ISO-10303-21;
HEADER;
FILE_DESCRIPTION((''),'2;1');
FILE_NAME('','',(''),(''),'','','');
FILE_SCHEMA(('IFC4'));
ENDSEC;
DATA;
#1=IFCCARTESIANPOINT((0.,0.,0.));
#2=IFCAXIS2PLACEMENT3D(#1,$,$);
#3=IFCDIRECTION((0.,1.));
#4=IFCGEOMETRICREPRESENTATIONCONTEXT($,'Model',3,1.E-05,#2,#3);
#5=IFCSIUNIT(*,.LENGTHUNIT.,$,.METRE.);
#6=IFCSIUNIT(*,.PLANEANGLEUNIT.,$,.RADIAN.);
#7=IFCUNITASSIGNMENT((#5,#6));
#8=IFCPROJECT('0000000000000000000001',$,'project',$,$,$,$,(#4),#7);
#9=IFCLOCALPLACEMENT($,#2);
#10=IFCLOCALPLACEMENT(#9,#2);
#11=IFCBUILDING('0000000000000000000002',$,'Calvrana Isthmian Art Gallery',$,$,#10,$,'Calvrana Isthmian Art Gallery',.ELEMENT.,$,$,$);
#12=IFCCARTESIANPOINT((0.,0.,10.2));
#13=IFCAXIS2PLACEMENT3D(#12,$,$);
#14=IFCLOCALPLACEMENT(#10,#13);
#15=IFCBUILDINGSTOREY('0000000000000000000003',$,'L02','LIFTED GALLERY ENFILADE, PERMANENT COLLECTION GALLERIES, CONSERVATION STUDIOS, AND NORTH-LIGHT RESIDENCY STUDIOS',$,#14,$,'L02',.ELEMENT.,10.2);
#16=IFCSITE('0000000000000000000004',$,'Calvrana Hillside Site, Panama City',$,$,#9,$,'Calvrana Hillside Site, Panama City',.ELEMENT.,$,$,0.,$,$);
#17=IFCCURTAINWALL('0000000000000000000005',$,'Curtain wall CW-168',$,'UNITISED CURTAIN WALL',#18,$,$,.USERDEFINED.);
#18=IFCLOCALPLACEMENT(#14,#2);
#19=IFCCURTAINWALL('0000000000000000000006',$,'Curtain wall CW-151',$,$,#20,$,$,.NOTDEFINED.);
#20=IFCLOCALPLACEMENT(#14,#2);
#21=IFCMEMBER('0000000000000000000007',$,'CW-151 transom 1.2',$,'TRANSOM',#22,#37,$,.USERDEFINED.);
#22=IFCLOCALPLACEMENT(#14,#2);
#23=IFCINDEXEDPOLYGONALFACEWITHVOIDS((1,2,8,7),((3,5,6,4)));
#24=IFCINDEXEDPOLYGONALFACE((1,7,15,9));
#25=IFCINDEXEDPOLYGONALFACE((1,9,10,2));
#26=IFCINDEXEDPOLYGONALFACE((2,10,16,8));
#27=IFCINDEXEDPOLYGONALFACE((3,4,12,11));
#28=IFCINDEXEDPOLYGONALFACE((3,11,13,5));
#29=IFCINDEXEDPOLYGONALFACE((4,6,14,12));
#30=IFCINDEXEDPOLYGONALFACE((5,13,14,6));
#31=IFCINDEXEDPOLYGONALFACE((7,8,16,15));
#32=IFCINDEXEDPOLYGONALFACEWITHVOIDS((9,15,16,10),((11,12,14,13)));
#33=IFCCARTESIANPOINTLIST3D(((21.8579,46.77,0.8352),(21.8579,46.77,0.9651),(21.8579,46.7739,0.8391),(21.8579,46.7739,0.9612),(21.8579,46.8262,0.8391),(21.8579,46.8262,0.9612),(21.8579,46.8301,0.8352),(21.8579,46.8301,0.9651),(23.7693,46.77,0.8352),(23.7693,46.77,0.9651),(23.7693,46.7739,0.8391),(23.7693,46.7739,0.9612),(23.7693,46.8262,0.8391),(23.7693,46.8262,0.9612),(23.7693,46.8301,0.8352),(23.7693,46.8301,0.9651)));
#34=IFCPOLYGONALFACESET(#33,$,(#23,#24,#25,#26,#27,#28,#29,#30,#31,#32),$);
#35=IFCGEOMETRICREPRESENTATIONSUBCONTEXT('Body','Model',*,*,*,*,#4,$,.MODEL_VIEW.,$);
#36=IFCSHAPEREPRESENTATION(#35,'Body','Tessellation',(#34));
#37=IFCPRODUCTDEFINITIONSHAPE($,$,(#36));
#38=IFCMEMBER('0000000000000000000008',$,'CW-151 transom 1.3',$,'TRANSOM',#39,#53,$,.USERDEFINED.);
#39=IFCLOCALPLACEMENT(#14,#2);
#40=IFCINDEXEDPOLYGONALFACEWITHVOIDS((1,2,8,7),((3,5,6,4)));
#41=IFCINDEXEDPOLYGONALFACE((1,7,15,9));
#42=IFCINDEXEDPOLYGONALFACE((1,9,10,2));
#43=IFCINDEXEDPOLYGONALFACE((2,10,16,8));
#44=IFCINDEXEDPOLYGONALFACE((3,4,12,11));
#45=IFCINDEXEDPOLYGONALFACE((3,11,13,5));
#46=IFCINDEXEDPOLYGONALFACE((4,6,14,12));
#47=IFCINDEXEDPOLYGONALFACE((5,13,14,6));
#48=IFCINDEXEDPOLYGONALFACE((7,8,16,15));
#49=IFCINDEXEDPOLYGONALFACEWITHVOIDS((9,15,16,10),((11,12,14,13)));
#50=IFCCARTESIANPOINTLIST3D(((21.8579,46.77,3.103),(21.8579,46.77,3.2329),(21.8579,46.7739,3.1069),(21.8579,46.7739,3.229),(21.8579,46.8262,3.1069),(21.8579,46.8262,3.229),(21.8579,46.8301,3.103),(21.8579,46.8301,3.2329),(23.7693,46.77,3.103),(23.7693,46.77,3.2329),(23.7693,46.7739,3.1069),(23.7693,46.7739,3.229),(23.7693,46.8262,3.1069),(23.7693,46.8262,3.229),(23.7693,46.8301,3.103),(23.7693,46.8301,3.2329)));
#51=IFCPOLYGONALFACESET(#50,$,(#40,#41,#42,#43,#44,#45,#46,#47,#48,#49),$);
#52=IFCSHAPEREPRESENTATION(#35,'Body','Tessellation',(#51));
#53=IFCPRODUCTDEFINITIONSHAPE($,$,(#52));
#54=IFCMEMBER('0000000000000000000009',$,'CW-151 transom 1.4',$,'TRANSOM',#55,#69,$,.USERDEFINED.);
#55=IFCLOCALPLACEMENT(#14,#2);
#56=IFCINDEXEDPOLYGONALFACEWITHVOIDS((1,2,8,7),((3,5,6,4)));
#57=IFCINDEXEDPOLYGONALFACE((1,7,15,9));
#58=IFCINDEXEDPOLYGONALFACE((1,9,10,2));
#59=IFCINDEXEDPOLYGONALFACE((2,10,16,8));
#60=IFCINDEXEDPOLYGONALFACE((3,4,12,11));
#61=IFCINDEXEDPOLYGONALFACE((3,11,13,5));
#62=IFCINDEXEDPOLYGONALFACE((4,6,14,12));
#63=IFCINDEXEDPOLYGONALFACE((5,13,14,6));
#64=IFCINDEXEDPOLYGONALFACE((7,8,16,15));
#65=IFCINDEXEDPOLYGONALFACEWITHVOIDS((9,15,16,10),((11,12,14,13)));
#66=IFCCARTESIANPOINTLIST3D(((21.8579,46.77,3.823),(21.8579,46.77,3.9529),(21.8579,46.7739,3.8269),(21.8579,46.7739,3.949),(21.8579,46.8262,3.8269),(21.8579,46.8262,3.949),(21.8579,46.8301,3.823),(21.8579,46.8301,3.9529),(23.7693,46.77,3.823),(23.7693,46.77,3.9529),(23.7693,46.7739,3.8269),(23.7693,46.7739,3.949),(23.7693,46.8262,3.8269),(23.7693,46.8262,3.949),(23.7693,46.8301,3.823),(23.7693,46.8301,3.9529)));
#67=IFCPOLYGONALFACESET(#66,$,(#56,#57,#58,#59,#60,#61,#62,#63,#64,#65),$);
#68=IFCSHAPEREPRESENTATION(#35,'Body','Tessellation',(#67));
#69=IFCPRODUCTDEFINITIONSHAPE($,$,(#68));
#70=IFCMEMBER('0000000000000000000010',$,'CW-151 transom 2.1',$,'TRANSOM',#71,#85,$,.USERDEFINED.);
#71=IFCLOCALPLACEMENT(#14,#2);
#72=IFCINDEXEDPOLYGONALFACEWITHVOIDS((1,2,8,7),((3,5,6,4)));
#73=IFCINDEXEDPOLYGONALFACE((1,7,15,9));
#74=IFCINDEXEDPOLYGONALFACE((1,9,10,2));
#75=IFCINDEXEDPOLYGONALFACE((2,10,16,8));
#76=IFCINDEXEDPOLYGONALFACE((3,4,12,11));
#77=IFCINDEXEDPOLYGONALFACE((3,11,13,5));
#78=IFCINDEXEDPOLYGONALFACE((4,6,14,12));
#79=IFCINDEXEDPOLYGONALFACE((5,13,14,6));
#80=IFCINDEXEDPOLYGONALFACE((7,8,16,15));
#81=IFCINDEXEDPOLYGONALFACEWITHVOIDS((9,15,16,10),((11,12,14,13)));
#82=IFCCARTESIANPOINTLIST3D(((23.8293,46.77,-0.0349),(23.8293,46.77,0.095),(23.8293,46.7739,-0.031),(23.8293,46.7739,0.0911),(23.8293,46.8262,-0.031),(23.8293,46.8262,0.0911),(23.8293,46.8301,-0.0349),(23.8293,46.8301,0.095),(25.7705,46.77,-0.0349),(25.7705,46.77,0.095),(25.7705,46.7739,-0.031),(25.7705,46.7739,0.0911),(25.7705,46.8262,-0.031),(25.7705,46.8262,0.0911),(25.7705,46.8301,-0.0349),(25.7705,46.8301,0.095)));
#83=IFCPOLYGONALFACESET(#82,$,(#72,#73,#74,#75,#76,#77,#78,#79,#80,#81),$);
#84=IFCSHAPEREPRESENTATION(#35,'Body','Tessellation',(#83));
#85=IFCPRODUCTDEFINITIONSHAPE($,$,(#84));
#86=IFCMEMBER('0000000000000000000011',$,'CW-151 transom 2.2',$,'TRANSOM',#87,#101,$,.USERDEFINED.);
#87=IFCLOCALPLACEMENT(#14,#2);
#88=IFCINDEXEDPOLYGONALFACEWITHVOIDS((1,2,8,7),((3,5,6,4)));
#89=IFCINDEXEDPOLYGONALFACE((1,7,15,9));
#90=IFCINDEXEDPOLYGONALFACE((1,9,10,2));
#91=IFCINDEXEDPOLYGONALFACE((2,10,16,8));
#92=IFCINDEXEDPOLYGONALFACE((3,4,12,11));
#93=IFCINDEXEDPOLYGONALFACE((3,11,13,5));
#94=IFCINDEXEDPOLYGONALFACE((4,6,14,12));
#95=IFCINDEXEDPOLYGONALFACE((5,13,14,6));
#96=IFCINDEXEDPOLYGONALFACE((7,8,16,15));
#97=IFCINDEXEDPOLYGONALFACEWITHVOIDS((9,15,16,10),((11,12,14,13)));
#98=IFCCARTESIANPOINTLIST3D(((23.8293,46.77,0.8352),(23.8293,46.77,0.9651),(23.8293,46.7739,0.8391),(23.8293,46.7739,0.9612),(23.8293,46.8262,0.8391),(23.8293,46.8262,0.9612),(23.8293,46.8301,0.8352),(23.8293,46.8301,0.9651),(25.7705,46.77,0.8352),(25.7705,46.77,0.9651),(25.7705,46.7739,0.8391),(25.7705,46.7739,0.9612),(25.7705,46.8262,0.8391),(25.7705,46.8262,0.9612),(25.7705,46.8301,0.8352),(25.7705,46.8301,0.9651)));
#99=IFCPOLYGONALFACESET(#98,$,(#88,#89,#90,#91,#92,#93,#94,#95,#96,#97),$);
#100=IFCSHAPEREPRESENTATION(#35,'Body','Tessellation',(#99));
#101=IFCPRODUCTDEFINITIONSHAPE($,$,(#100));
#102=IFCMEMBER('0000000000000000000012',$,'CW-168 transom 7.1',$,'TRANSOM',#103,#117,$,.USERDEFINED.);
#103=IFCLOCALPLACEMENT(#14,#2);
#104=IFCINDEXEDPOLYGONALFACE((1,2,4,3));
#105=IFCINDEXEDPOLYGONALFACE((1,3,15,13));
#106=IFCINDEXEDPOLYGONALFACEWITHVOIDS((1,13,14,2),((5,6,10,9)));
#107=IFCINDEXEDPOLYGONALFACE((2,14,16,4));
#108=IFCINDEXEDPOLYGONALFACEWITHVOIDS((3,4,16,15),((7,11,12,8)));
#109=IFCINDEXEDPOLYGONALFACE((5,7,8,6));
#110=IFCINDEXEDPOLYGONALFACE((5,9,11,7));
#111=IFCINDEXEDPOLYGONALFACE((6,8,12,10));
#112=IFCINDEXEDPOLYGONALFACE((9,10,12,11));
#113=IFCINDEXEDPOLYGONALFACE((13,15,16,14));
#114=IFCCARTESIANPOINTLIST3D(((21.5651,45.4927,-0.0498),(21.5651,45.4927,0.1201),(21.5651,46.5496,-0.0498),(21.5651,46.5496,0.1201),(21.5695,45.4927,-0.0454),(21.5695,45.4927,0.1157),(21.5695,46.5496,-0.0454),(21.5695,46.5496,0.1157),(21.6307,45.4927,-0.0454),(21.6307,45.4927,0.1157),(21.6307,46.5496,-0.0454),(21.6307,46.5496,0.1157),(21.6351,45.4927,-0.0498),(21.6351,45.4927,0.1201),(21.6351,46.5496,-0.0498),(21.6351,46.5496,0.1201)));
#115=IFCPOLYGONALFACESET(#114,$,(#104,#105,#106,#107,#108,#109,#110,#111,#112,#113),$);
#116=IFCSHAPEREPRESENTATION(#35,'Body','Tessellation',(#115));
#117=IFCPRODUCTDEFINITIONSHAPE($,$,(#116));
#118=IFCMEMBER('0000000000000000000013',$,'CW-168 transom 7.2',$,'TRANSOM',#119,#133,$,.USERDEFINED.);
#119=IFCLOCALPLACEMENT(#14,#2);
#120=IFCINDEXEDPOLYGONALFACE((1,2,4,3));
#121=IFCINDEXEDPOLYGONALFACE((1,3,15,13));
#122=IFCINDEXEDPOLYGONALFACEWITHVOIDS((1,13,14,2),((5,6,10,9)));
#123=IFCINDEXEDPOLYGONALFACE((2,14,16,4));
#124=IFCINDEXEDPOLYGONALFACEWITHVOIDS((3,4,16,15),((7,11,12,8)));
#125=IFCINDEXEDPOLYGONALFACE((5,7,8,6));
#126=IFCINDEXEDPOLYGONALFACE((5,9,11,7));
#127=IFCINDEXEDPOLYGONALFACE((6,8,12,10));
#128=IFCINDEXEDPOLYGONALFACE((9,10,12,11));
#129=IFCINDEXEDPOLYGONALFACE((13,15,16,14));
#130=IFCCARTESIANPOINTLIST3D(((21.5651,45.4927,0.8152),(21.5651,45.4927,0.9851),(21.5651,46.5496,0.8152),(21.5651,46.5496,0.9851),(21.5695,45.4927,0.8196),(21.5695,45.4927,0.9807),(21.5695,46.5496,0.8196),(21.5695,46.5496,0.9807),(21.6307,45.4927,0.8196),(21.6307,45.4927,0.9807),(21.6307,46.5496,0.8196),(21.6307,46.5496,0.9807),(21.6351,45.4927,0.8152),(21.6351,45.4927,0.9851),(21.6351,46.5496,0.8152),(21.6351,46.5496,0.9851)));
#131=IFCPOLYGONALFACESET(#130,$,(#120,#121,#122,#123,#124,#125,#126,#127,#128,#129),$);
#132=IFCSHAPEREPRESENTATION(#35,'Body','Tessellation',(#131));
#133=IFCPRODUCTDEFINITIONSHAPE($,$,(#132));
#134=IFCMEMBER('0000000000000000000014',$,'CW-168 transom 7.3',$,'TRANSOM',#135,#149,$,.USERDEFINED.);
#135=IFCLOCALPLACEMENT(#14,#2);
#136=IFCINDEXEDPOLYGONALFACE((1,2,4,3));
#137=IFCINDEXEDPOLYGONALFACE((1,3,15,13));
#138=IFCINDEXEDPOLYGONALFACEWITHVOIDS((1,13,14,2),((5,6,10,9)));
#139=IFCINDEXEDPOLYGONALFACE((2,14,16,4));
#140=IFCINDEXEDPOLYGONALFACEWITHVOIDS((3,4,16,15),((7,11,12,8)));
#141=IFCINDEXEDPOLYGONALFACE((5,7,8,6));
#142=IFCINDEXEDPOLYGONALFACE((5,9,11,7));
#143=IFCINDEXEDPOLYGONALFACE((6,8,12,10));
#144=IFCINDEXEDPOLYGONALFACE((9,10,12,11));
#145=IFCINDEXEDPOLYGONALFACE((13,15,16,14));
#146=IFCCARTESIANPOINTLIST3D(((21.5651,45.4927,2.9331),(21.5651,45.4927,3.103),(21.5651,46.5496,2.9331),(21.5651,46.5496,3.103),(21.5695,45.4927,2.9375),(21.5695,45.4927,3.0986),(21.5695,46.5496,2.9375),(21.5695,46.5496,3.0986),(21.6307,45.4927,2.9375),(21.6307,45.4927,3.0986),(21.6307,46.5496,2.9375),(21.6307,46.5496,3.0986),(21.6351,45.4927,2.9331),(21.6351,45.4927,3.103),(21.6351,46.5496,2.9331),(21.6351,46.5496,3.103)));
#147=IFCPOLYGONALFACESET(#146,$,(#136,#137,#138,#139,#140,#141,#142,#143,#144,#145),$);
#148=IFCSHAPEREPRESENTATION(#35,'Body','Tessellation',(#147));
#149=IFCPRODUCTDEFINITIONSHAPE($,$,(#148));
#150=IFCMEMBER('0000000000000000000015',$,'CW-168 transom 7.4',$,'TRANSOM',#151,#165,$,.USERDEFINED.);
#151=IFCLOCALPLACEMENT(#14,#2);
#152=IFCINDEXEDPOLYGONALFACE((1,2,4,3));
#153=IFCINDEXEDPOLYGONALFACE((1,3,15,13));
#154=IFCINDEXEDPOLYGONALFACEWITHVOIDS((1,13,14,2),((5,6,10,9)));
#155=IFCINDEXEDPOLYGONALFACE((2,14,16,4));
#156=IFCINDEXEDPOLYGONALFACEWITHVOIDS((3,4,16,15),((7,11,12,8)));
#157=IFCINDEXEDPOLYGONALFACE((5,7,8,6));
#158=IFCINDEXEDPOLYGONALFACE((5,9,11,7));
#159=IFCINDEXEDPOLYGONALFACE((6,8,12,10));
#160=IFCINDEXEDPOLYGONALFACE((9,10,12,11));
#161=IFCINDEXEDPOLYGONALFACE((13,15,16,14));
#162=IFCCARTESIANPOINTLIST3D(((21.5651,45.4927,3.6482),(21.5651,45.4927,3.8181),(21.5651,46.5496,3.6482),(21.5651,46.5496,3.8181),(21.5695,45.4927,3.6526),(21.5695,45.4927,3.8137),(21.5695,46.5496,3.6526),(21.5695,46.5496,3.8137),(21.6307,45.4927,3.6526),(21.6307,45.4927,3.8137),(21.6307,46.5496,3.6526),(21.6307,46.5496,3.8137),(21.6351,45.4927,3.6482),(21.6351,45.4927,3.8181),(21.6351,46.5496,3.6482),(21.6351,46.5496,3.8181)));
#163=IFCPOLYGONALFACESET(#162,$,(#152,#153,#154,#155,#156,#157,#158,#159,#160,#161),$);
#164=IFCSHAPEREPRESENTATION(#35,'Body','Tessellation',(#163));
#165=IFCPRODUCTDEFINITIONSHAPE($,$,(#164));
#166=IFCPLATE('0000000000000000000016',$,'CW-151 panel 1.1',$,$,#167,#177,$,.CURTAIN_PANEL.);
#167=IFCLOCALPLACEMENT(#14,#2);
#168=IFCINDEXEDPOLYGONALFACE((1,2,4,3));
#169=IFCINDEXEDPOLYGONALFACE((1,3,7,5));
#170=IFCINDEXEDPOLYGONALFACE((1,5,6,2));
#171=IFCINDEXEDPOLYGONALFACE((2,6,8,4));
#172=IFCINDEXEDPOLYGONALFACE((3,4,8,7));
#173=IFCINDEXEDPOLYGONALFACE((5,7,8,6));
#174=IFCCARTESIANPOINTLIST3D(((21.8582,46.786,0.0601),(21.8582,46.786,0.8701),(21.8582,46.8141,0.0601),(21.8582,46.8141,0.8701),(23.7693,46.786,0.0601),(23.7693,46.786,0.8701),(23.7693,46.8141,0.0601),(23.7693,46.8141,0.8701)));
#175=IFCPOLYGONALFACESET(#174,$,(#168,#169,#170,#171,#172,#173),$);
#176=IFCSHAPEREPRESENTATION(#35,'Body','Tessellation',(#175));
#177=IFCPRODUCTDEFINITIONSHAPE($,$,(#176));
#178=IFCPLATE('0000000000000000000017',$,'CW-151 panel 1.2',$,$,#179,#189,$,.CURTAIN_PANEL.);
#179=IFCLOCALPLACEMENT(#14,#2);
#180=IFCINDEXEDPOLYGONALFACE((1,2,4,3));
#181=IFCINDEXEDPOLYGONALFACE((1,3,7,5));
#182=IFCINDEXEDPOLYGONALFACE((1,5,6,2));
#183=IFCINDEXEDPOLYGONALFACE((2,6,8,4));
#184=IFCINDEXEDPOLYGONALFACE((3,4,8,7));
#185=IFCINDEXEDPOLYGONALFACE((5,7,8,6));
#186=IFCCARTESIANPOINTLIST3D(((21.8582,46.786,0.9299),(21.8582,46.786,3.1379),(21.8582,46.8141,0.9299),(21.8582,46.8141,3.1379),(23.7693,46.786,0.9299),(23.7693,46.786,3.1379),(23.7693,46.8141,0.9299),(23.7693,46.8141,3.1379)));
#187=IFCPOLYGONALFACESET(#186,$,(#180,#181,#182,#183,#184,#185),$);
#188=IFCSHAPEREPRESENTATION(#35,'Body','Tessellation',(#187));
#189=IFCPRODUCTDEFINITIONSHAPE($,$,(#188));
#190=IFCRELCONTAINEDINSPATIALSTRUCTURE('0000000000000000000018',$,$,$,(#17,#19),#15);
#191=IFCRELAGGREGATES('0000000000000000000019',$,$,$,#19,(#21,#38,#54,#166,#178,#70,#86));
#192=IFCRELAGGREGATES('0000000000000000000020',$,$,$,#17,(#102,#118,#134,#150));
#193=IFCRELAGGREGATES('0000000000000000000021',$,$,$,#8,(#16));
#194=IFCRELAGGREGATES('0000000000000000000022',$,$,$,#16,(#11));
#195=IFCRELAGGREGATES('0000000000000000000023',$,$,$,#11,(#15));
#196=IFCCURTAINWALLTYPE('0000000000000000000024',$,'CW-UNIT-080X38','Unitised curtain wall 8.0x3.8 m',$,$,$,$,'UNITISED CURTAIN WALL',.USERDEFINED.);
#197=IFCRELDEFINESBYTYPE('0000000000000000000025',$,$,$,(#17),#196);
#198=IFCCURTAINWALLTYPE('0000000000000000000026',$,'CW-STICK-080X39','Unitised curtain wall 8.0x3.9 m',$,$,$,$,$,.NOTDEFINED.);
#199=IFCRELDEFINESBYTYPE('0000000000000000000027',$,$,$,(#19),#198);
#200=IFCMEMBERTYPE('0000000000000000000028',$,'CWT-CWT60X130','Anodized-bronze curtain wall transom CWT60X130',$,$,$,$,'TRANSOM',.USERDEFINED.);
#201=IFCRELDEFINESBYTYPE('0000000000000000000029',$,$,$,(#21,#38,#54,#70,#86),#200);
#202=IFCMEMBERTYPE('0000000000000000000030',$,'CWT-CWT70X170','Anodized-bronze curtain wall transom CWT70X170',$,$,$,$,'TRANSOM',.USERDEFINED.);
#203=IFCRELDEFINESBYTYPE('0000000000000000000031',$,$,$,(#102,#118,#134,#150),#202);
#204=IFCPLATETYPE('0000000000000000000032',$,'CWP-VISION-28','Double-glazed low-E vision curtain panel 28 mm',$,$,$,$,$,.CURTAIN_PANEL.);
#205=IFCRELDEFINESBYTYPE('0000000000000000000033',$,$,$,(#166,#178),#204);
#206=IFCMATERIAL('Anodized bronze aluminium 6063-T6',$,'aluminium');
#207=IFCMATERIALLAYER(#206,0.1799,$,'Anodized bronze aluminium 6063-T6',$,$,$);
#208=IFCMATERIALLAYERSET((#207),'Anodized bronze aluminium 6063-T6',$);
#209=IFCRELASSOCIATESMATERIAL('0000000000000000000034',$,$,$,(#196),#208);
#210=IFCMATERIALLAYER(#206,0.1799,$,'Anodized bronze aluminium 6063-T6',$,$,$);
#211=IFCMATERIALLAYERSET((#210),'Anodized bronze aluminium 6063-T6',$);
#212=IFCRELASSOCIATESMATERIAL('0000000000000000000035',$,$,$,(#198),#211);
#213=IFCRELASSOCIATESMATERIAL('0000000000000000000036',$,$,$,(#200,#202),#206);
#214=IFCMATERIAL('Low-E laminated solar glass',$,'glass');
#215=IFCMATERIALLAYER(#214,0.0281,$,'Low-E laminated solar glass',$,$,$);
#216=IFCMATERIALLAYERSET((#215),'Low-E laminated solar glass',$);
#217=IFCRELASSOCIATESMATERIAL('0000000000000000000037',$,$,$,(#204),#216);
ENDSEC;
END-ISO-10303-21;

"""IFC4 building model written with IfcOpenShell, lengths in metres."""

from ifc_helpers import new_model, si_unit, direction, frame, origin, origin_2d, place, context, subcontext, project, spatial, rectangle, hollow_rectangle, extrude, material, layer, layer_set, material_profile, profile_set, type_object, element, aggregate, save


model = new_model("IFC4")

# Units and contexts
model_context = context("Model", 3, precision=1e-05, world=origin(), true_north=direction((0.0, 1.0)))
body_context = subcontext(model_context, "Body", "Model", "MODEL_VIEW")
ifc_project = project(units=[si_unit("LENGTHUNIT", "METRE"), si_unit("PLANEANGLEUNIT", "RADIAN")], contexts=[model_context])

# Site, building, storey
site_placement = place(None, origin())
site = spatial("IfcSite", under=ifc_project, at=site_placement, Name="Calvrana Hillside Site, Panama City", LongName="Calvrana Hillside Site, Panama City", CompositionType="ELEMENT", RefElevation=0.0)
building_placement = place(site_placement, origin())
building = spatial("IfcBuilding", under=site, at=building_placement, Name="Calvrana Isthmian Art Gallery", LongName="Calvrana Isthmian Art Gallery", CompositionType="ELEMENT")
storey_placement = place(building_placement, frame((0.0, 0.0, 10.2)))
storey = spatial("IfcBuildingStorey", under=building, at=storey_placement, Name="L02", Description="LIFTED GALLERY ENFILADE, PERMANENT COLLECTION GALLERIES, CONSERVATION STUDIOS, AND NORTH-LIGHT RESIDENCY STUDIOS", LongName="L02", CompositionType="ELEMENT", Elevation=10.2)

# Curtain walls, members
ifc_material_1 = material(Name="Anodized bronze aluminium 6063-T6", Category="aluminium")
ifc_layer_1 = layer(ifc_material_1, 0.1799, Name="Anodized bronze aluminium 6063-T6")
ifc_layer_set_1 = layer_set([ifc_layer_1], Name="Anodized bronze aluminium 6063-T6")
curtain_wall_type_1 = type_object("IfcCurtainWallType", Name="CW-UNIT-080X38", Description="Unitised curtain wall 8.0x3.8 m", ElementType="UNITISED CURTAIN WALL", PredefinedType="USERDEFINED", material=ifc_layer_set_1)
curtain_wall_1_placement = place(storey_placement, origin())
curtain_wall_1 = element("IfcCurtainWall", 1, at=curtain_wall_1_placement, inside=storey, type_object=curtain_wall_type_1, Name="Curtain wall CW-168", ObjectType="UNITISED CURTAIN WALL", PredefinedType="USERDEFINED")
ifc_layer_2 = layer(ifc_material_1, 0.1799, Name="Anodized bronze aluminium 6063-T6")
ifc_layer_set_2 = layer_set([ifc_layer_2], Name="Anodized bronze aluminium 6063-T6")
curtain_wall_type_2 = type_object("IfcCurtainWallType", Name="CW-STICK-080X39", Description="Unitised curtain wall 8.0x3.9 m", PredefinedType="NOTDEFINED", material=ifc_layer_set_2)
curtain_wall_2_placement = place(storey_placement, origin())
curtain_wall_2 = element("IfcCurtainWall", 2, at=curtain_wall_2_placement, inside=storey, type_object=curtain_wall_type_2, Name="Curtain wall CW-151", PredefinedType="NOTDEFINED")
ifc_material_profile_1 = material_profile(ifc_material_1, hollow_rectangle(XDim=0.0601, YDim=0.1299, WallThickness=0.0039, at=origin_2d()), Name="CWT60X130")
ifc_profile_set_1 = profile_set([ifc_material_profile_1], Name="Anodized bronze aluminium 6063-T6")
member_type_1 = type_object("IfcMemberType", Name="CWT-CWT60X130", Description="Anodized-bronze curtain wall transom CWT60X130", ElementType="TRANSOM", PredefinedType="USERDEFINED", material=ifc_profile_set_1)
member_1_placement = place(storey_placement, frame((21.8579, 46.8, 0.9001), z_axis=(1.0, 0.0, 0.0), x_axis=(0.0, 1.0, 0.0)))
member_1 = element("IfcMember", 3, at=member_1_placement, type_object=member_type_1, Name="CW-151 transom 1.2", ObjectType="TRANSOM", PredefinedType="USERDEFINED", context=body_context, shape_type="SweptSolid", body=[
    extrude(hollow_rectangle(XDim=0.0601, YDim=0.1299, WallThickness=0.0039, at=origin_2d()), origin(), (0.0, 0.0, 1.0), 1.9114),
])
member_2_placement = place(storey_placement, frame((21.8579, 46.8, 3.168), z_axis=(1.0, 0.0, 0.0), x_axis=(0.0, 1.0, 0.0)))
member_2 = element("IfcMember", 4, at=member_2_placement, type_object=member_type_1, Name="CW-151 transom 1.3", ObjectType="TRANSOM", PredefinedType="USERDEFINED", context=body_context, shape_type="SweptSolid", body=[
    extrude(hollow_rectangle(XDim=0.0601, YDim=0.1299, WallThickness=0.0039, at=origin_2d()), origin(), (0.0, 0.0, 1.0), 1.9114),
])
member_3_placement = place(storey_placement, frame((21.8579, 46.8, 3.8879), z_axis=(1.0, 0.0, 0.0), x_axis=(0.0, 1.0, 0.0)))
member_3 = element("IfcMember", 5, at=member_3_placement, type_object=member_type_1, Name="CW-151 transom 1.4", ObjectType="TRANSOM", PredefinedType="USERDEFINED", context=body_context, shape_type="SweptSolid", body=[
    extrude(hollow_rectangle(XDim=0.0601, YDim=0.1299, WallThickness=0.0039, at=origin_2d()), origin(), (0.0, 0.0, 1.0), 1.9114),
])
member_4_placement = place(storey_placement, frame((23.8293, 46.8, 0.03), z_axis=(1.0, 0.0, 0.0), x_axis=(0.0, 1.0, 0.0)))
member_4 = element("IfcMember", 6, at=member_4_placement, type_object=member_type_1, Name="CW-151 transom 2.1", ObjectType="TRANSOM", PredefinedType="USERDEFINED", context=body_context, shape_type="SweptSolid", body=[
    extrude(hollow_rectangle(XDim=0.0601, YDim=0.1299, WallThickness=0.0039, at=origin_2d()), origin(), (0.0, 0.0, 1.0), 1.9412),
])
member_5_placement = place(storey_placement, frame((23.8293, 46.8, 0.9001), z_axis=(1.0, 0.0, 0.0), x_axis=(0.0, 1.0, 0.0)))
member_5 = element("IfcMember", 7, at=member_5_placement, type_object=member_type_1, Name="CW-151 transom 2.2", ObjectType="TRANSOM", PredefinedType="USERDEFINED", context=body_context, shape_type="SweptSolid", body=[
    extrude(hollow_rectangle(XDim=0.0601, YDim=0.1299, WallThickness=0.0039, at=origin_2d()), origin(), (0.0, 0.0, 1.0), 1.9412),
])

# Members
ifc_material_profile_2 = material_profile(ifc_material_1, hollow_rectangle(XDim=0.0701, YDim=0.1699, WallThickness=0.0044, at=origin_2d()), Name="CWT70X170")
ifc_profile_set_2 = profile_set([ifc_material_profile_2], Name="Anodized bronze aluminium 6063-T6")
member_type_2 = type_object("IfcMemberType", Name="CWT-CWT70X170", Description="Anodized-bronze curtain wall transom CWT70X170", ElementType="TRANSOM", PredefinedType="USERDEFINED", material=ifc_profile_set_2)
member_6_placement = place(storey_placement, frame((21.6001, 45.4927, 0.0352), z_axis=(0.0, 1.0, 0.0), x_axis=(-1.0, 0.0, 0.0)))
member_6 = element("IfcMember", 8, at=member_6_placement, type_object=member_type_2, Name="CW-168 transom 7.1", ObjectType="TRANSOM", PredefinedType="USERDEFINED", context=body_context, shape_type="SweptSolid", body=[
    extrude(hollow_rectangle(XDim=0.0701, YDim=0.1699, WallThickness=0.0044, at=origin_2d()), origin(), (0.0, 0.0, 1.0), 1.0569),
])
member_7_placement = place(storey_placement, frame((21.6001, 45.4927, 0.9001), z_axis=(0.0, 1.0, 0.0), x_axis=(-1.0, 0.0, 0.0)))
member_7 = element("IfcMember", 9, at=member_7_placement, type_object=member_type_2, Name="CW-168 transom 7.2", ObjectType="TRANSOM", PredefinedType="USERDEFINED", context=body_context, shape_type="SweptSolid", body=[
    extrude(hollow_rectangle(XDim=0.0701, YDim=0.1699, WallThickness=0.0044, at=origin_2d()), origin(), (0.0, 0.0, 1.0), 1.0569),
])
member_8_placement = place(storey_placement, frame((21.6001, 45.4927, 3.0181), z_axis=(0.0, 1.0, 0.0), x_axis=(-1.0, 0.0, 0.0)))
member_8 = element("IfcMember", 10, at=member_8_placement, type_object=member_type_2, Name="CW-168 transom 7.3", ObjectType="TRANSOM", PredefinedType="USERDEFINED", context=body_context, shape_type="SweptSolid", body=[
    extrude(hollow_rectangle(XDim=0.0701, YDim=0.1699, WallThickness=0.0044, at=origin_2d()), origin(), (0.0, 0.0, 1.0), 1.0569),
])
member_9_placement = place(storey_placement, frame((21.6001, 45.4927, 3.7332), z_axis=(0.0, 1.0, 0.0), x_axis=(-1.0, 0.0, 0.0)))
member_9 = element("IfcMember", 11, at=member_9_placement, type_object=member_type_2, Name="CW-168 transom 7.4", ObjectType="TRANSOM", PredefinedType="USERDEFINED", context=body_context, shape_type="SweptSolid", body=[
    extrude(hollow_rectangle(XDim=0.0701, YDim=0.1699, WallThickness=0.0044, at=origin_2d()), origin(), (0.0, 0.0, 1.0), 1.0569),
])

# Plates
ifc_material_2 = material(Name="Low-E laminated solar glass", Category="glass")
ifc_layer_3 = layer(ifc_material_2, 0.0281, Name="Low-E laminated solar glass")
ifc_layer_set_3 = layer_set([ifc_layer_3], Name="Low-E laminated solar glass")
plate_type_1 = type_object("IfcPlateType", Name="CWP-VISION-28", Description="Double-glazed low-E vision curtain panel 28 mm", PredefinedType="CURTAIN_PANEL", material=ifc_layer_set_3)
plate_1_placement = place(storey_placement, frame((22.8137, 46.8, 0.0601), z_axis=(0.0, 0.0, 1.0), x_axis=(1.0, 0.0, 0.0)))
plate_1 = element("IfcPlate", 12, at=plate_1_placement, type_object=plate_type_1, Name="CW-151 panel 1.1", PredefinedType="CURTAIN_PANEL", context=body_context, shape_type="SweptSolid", body=[
    extrude(rectangle(XDim=1.9111, YDim=0.0281, at=origin_2d()), origin(), (0.0, 0.0, 1.0), 0.8101),
])
plate_2_placement = place(storey_placement, frame((22.8137, 46.8, 0.9299), z_axis=(0.0, 0.0, 1.0), x_axis=(1.0, 0.0, 0.0)))
plate_2 = element("IfcPlate", 13, at=plate_2_placement, type_object=plate_type_1, Name="CW-151 panel 1.2", PredefinedType="CURTAIN_PANEL", context=body_context, shape_type="SweptSolid", body=[
    extrude(rectangle(XDim=1.9111, YDim=0.0281, at=origin_2d()), origin(), (0.0, 0.0, 1.0), 2.208),
])
aggregate(curtain_wall_2, [member_1, member_2, member_3, plate_1, plate_2, member_4, member_5])
aggregate(curtain_wall_1, [member_6, member_7, member_8, member_9])

save(model, "model.ifc")
